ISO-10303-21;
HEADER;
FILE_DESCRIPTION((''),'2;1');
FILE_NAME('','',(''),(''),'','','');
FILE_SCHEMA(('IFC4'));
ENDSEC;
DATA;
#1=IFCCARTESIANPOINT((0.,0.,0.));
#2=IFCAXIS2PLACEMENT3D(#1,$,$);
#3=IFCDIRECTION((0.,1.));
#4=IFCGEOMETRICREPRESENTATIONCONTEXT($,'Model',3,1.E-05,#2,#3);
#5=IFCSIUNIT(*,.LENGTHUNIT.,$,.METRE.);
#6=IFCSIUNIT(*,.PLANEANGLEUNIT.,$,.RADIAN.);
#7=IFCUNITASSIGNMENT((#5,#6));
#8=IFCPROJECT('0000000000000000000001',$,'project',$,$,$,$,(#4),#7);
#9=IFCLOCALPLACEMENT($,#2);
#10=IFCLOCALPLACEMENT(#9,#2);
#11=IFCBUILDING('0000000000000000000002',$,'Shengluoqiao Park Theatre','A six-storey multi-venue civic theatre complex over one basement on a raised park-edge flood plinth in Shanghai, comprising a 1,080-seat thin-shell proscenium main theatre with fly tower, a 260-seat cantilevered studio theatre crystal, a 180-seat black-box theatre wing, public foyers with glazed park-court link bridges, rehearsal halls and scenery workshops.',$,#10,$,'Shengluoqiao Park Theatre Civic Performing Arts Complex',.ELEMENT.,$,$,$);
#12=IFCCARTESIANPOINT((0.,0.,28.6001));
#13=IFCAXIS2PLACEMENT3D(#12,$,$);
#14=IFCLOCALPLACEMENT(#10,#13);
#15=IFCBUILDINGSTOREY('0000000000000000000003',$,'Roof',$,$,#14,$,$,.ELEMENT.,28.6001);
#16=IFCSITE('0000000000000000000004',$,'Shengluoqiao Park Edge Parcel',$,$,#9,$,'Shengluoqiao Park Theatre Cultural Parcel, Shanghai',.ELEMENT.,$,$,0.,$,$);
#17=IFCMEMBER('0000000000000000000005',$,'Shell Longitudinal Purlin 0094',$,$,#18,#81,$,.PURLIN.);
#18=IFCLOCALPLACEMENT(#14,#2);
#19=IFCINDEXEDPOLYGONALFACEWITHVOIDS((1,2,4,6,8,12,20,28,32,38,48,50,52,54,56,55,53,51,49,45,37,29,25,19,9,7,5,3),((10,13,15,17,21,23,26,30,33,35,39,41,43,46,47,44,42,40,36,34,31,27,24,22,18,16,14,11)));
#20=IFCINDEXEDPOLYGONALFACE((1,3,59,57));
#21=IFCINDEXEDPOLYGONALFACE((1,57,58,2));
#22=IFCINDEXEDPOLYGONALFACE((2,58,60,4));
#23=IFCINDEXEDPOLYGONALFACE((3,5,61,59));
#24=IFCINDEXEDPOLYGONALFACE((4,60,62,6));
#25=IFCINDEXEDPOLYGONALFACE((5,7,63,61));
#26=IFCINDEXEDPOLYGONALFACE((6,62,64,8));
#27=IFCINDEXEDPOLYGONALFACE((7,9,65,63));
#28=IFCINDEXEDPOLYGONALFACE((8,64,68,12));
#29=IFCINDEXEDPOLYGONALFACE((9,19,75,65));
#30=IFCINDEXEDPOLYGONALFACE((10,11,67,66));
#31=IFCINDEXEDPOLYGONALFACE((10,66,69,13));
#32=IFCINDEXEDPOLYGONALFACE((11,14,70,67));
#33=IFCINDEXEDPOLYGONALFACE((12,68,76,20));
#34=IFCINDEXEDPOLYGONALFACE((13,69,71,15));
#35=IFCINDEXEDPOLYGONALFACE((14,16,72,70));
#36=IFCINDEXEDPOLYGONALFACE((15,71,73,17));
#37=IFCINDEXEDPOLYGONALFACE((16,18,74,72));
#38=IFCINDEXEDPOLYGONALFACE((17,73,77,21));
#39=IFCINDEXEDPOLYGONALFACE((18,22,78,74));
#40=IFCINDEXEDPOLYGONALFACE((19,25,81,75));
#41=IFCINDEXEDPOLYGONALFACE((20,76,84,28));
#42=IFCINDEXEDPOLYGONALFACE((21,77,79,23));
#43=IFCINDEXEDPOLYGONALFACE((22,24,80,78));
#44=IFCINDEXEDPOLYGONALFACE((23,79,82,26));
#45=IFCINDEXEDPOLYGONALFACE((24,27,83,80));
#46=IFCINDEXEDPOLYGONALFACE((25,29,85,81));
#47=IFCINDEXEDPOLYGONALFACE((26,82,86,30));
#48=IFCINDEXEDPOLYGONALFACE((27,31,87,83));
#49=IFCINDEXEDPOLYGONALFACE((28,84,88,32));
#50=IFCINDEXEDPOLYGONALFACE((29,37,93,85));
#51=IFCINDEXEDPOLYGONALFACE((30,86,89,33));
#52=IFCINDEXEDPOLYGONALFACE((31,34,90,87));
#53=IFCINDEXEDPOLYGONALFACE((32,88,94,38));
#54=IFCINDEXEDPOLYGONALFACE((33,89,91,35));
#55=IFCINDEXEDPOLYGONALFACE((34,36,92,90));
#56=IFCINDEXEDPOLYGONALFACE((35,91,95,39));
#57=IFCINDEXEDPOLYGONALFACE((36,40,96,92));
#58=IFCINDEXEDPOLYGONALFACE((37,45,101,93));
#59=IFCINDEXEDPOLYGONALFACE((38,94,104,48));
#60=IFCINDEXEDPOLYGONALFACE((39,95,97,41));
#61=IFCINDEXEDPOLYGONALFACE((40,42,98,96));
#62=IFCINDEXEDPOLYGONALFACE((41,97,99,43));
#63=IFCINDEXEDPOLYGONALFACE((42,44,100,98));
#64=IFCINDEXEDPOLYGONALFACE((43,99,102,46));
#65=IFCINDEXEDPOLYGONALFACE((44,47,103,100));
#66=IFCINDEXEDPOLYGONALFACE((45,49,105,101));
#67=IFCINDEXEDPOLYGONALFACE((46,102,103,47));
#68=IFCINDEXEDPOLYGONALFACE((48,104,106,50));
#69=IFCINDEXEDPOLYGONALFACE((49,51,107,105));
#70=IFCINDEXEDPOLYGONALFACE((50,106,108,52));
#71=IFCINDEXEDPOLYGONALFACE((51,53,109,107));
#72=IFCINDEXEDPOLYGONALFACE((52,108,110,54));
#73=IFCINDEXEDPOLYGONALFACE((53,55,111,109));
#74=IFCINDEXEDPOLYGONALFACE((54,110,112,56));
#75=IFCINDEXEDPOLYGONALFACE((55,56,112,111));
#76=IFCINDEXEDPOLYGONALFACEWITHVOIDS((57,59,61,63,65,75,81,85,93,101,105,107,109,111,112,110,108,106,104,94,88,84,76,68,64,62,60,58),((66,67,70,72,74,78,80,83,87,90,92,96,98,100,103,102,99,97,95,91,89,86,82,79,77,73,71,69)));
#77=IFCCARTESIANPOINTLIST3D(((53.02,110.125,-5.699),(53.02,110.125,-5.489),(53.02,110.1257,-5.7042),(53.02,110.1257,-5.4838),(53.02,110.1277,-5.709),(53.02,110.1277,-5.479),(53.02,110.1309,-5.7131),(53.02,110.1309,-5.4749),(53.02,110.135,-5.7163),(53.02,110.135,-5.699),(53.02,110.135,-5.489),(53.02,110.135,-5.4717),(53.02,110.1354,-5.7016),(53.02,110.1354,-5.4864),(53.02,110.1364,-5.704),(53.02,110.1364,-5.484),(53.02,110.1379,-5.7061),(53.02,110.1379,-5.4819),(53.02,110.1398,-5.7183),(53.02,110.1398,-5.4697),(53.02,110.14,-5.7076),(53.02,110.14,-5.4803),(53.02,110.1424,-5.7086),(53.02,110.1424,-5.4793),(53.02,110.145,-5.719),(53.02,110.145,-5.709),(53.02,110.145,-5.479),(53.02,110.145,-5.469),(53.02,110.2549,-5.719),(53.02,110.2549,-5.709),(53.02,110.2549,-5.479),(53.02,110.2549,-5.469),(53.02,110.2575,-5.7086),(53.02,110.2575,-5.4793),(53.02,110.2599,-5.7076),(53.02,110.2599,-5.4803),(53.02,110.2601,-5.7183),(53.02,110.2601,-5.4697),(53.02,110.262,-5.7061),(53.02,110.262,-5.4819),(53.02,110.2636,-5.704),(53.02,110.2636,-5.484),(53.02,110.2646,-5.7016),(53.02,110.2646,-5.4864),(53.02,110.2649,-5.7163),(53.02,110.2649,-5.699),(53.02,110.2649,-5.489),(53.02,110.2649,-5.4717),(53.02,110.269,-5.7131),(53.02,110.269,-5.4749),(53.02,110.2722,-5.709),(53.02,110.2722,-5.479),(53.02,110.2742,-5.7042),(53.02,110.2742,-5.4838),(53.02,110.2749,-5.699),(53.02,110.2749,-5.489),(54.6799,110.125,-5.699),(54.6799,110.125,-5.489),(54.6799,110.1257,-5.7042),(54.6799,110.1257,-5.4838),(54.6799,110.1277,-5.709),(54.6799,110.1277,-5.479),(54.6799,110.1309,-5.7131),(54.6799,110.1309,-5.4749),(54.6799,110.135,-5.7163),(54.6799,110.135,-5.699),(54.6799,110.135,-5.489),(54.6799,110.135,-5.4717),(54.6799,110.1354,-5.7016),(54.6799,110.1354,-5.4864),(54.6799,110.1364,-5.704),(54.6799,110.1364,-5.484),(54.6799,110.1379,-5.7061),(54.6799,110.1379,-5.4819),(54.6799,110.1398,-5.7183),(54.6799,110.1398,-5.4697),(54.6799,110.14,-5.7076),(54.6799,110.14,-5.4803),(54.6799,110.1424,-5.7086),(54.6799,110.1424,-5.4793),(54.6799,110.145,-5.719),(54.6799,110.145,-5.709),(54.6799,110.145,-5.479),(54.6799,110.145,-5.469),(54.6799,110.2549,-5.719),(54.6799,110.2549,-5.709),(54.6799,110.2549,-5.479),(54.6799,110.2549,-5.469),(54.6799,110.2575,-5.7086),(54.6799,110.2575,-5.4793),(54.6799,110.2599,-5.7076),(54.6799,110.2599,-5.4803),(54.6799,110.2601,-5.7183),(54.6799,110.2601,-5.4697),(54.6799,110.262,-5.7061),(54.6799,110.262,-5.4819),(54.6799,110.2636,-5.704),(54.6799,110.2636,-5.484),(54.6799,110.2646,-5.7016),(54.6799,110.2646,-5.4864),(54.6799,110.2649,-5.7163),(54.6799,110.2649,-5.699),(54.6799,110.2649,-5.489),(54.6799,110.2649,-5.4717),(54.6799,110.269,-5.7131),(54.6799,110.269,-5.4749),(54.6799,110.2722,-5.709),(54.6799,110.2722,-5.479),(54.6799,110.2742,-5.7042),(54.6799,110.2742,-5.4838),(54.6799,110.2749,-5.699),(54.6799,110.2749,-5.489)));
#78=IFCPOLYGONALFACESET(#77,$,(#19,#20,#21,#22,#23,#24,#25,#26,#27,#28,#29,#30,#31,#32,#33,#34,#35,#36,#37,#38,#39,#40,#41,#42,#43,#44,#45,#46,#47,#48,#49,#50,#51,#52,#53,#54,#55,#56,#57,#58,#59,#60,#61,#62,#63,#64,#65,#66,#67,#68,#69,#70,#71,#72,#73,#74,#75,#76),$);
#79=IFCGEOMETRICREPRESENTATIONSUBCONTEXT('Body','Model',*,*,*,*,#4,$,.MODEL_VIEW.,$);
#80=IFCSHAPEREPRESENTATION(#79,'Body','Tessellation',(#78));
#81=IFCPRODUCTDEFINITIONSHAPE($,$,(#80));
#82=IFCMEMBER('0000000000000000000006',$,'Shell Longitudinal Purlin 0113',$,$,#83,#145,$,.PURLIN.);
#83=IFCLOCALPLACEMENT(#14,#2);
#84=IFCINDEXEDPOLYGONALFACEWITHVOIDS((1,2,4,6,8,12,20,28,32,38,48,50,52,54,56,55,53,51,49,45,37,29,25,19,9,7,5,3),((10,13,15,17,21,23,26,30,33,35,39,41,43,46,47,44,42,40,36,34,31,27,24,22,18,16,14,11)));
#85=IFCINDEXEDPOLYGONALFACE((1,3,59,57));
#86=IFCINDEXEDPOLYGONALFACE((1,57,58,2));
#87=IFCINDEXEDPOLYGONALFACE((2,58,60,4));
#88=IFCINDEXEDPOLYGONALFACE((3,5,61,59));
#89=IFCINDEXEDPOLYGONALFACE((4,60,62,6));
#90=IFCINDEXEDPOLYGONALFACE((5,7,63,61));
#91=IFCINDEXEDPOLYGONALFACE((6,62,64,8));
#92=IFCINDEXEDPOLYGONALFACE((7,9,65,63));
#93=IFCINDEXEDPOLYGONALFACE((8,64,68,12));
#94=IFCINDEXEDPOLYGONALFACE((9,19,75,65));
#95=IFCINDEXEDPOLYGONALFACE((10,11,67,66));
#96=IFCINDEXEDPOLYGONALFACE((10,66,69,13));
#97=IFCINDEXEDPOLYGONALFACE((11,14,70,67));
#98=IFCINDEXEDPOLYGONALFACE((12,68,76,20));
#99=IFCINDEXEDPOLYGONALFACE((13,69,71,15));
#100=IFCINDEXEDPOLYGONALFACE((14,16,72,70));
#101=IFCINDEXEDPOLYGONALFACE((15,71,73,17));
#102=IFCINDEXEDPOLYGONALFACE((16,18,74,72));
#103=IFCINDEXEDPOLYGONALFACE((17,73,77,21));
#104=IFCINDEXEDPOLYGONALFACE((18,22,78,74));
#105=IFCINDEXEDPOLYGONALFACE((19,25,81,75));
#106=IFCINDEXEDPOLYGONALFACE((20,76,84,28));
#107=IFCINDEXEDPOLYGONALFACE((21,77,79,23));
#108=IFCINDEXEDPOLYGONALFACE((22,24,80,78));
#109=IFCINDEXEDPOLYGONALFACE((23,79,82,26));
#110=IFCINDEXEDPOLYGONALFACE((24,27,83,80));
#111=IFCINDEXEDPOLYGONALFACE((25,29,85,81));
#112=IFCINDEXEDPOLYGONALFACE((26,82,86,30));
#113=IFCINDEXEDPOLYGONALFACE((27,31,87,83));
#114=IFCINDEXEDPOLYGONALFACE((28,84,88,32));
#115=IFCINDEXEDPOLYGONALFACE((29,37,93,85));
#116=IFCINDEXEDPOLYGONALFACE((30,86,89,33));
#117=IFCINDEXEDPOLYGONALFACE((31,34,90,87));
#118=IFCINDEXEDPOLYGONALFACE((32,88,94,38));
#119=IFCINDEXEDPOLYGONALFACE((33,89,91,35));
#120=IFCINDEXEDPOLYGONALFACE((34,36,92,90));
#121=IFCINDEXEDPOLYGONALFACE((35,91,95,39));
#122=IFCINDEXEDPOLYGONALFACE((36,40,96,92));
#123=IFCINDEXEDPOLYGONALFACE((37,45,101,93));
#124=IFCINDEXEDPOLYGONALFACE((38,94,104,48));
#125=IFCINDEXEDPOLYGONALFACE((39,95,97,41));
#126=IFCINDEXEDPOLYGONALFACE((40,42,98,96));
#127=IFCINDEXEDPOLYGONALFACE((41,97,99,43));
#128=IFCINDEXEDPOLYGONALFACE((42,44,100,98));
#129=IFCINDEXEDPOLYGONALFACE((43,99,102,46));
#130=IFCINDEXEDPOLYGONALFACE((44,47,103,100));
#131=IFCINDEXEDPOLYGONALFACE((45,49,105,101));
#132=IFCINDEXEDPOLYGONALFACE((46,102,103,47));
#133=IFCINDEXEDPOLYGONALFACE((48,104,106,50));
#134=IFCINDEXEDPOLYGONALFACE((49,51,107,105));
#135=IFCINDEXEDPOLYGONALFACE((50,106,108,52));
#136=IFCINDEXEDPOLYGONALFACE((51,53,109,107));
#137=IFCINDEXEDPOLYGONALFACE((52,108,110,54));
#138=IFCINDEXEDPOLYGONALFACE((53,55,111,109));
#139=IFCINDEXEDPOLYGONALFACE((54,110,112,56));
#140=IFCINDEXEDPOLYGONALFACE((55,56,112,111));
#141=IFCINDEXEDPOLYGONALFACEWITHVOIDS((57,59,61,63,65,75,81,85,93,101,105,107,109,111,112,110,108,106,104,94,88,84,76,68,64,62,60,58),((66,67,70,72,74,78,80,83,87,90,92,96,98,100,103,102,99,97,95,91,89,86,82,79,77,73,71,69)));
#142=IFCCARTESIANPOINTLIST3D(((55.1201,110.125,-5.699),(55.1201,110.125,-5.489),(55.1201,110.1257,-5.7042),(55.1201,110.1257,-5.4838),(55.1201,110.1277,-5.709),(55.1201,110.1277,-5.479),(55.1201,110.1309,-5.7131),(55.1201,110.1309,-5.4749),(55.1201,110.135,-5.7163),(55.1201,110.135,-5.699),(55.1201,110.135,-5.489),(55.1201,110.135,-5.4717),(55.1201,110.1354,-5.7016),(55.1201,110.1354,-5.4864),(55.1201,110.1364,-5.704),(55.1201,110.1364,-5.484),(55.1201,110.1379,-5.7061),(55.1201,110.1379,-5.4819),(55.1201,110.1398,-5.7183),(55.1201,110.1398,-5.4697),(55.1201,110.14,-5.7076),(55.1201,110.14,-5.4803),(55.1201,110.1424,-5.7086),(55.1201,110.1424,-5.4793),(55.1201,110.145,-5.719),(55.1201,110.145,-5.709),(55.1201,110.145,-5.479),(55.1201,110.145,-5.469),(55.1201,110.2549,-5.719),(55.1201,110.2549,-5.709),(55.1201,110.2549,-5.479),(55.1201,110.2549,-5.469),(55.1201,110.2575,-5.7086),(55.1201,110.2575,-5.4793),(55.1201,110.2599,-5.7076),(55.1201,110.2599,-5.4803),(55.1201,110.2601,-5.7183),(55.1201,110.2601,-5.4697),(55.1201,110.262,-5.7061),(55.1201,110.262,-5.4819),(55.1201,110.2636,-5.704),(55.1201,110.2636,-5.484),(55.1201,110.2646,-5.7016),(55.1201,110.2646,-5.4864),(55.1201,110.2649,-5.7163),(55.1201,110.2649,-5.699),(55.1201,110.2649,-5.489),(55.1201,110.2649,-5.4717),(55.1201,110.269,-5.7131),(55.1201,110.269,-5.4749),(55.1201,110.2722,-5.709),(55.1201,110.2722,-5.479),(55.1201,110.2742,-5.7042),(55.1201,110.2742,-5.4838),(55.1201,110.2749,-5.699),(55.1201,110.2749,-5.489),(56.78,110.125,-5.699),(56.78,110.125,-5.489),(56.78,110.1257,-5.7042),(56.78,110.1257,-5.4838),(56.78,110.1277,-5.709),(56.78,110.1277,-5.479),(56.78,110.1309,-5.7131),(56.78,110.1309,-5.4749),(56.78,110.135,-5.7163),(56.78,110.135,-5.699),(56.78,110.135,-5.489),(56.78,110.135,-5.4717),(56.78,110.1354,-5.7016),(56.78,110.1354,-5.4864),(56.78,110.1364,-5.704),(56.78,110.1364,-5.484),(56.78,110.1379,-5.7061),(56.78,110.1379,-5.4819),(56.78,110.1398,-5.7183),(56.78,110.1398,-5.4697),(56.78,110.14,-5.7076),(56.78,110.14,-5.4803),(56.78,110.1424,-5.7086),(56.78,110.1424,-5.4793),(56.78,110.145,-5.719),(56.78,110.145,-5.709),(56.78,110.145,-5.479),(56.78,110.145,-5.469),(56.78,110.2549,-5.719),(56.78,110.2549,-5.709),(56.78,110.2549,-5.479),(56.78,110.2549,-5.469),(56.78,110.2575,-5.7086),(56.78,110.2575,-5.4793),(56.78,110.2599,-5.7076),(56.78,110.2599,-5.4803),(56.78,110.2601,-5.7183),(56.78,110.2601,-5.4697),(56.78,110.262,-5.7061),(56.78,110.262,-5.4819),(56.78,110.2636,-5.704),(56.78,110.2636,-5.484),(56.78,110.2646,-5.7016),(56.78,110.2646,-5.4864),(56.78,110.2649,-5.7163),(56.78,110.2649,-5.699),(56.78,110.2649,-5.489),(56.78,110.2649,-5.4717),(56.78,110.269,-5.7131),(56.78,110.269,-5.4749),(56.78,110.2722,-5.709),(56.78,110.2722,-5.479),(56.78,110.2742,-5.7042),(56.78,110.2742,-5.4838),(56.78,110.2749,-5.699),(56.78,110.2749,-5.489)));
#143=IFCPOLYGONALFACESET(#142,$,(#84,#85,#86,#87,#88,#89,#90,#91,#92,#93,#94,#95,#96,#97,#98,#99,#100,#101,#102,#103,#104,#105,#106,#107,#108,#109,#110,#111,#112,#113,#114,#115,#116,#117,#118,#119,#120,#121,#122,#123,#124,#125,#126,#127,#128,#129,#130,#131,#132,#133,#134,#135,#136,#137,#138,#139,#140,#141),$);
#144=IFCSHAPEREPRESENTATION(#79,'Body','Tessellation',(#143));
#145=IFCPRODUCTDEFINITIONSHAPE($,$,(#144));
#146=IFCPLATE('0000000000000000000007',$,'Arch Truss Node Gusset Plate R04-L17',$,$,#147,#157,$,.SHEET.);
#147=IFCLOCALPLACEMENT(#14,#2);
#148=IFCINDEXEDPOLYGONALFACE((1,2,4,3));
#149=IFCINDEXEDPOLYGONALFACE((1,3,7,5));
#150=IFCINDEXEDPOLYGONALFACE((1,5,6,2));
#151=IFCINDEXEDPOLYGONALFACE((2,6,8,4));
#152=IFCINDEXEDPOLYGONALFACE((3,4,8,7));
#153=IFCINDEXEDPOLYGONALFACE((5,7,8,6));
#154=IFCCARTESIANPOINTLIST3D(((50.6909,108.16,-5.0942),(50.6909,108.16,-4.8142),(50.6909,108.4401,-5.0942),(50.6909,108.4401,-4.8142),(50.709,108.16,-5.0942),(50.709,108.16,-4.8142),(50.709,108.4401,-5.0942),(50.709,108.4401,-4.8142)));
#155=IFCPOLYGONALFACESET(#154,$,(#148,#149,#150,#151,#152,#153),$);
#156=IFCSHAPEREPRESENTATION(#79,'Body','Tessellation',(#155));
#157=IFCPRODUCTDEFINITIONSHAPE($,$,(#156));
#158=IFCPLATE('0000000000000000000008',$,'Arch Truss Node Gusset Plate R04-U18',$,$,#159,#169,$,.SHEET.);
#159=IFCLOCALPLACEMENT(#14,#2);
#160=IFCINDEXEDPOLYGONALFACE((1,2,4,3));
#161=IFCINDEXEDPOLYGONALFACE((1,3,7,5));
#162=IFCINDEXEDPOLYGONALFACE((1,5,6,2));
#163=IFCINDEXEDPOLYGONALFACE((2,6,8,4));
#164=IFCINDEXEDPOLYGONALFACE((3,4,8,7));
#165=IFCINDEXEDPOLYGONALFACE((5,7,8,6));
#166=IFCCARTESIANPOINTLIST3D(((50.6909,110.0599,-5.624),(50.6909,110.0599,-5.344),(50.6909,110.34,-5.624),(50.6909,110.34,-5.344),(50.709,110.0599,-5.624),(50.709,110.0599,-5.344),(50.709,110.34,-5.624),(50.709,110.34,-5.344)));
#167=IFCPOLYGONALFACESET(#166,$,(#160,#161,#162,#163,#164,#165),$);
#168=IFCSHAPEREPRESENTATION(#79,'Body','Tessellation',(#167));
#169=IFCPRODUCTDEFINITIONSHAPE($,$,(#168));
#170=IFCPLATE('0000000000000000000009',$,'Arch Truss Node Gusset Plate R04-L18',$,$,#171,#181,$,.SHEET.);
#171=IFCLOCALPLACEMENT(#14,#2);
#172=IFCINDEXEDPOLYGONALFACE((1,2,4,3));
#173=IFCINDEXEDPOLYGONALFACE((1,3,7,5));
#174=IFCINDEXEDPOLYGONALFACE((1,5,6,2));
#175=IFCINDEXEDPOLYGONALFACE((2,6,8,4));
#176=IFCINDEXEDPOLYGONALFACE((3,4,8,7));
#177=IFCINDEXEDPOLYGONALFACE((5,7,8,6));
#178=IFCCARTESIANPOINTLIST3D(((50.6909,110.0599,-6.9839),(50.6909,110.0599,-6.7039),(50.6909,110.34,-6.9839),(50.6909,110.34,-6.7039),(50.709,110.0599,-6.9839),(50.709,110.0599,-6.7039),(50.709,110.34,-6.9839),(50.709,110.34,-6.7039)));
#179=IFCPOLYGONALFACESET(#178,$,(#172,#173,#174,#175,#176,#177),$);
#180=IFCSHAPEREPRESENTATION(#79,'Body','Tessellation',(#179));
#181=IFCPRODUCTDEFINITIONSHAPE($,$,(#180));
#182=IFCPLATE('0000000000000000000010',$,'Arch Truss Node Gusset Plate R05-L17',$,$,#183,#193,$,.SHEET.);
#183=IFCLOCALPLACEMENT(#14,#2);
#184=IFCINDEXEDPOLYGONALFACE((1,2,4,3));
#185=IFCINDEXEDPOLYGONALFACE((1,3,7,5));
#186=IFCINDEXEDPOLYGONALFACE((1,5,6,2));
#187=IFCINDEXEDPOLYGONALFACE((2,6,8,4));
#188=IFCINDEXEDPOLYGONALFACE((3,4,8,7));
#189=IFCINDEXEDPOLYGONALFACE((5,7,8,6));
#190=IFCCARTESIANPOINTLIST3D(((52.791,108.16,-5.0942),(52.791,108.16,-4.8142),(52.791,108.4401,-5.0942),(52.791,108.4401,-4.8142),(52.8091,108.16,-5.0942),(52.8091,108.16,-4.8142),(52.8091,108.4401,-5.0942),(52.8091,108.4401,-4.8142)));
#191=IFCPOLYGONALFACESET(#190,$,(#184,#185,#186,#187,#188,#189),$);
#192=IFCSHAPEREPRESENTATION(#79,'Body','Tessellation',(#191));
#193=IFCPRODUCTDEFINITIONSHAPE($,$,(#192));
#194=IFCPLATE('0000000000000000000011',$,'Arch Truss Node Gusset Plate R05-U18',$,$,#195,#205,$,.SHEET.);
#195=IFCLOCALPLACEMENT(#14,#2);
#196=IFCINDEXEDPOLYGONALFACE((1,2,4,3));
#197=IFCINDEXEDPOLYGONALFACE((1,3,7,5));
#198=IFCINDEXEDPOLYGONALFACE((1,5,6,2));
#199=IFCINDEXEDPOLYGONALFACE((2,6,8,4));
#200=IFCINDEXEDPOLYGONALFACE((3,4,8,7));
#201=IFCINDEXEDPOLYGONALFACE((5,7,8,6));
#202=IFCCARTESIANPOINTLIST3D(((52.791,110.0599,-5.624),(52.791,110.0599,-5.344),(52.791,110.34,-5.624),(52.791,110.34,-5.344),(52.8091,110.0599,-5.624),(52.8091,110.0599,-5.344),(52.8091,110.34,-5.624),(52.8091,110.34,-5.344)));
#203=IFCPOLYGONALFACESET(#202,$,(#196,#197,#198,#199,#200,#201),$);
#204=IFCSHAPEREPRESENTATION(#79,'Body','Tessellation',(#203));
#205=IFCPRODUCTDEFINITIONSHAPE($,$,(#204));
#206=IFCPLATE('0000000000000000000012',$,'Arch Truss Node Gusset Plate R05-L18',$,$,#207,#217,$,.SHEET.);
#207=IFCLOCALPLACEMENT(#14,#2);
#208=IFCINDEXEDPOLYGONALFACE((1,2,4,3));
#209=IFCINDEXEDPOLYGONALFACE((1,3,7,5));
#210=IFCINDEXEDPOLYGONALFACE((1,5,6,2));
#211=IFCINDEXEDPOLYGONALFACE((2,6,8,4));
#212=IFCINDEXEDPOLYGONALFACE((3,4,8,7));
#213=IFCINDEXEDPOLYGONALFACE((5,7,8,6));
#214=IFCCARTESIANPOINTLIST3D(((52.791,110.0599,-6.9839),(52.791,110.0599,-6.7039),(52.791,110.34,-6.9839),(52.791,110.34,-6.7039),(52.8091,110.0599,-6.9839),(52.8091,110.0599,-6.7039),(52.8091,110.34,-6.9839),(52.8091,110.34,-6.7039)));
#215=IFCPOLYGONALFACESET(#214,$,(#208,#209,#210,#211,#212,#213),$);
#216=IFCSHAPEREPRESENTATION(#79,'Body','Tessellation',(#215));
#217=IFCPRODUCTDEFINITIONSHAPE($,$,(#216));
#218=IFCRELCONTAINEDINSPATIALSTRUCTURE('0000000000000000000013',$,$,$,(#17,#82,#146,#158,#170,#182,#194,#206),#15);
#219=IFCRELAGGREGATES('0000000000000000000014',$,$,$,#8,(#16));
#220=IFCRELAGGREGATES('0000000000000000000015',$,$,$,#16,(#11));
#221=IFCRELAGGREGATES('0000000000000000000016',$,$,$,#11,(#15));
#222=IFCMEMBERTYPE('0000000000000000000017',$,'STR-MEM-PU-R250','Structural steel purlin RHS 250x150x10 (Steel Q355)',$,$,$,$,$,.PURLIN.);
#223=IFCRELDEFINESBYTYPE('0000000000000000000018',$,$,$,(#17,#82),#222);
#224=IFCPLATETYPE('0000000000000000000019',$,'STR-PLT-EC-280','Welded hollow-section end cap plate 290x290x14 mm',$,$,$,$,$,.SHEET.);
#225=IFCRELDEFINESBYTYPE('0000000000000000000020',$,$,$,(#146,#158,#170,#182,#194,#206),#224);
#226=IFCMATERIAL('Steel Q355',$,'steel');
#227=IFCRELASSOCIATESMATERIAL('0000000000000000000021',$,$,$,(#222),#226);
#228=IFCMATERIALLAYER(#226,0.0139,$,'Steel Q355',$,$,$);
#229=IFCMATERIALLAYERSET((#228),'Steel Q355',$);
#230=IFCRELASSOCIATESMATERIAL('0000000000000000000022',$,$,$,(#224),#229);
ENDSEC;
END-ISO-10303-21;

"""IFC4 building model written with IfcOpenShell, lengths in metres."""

from ifc_helpers import new_model, si_unit, direction, frame, origin, origin_2d, place, context, subcontext, project, spatial, rectangle, hollow_rectangle, extrude, material, layer, layer_set, material_profile, profile_set, type_object, element, save


model = new_model("IFC4")

# Units and contexts
model_context = context("Model", 3, precision=1e-05, world=origin(), true_north=direction((0.0, 1.0)))
body_context = subcontext(model_context, "Body", "Model", "MODEL_VIEW")
ifc_project = project(units=[si_unit("LENGTHUNIT", "METRE"), si_unit("PLANEANGLEUNIT", "RADIAN")], contexts=[model_context])

# Site, building, storey
site_placement = place(None, origin())
site = spatial("IfcSite", under=ifc_project, at=site_placement, Name="Shengluoqiao Park Edge Parcel", LongName="Shengluoqiao Park Theatre Cultural Parcel, Shanghai", CompositionType="ELEMENT", RefElevation=0.0)
building_placement = place(site_placement, origin())
building = spatial("IfcBuilding", under=site, at=building_placement, Name="Shengluoqiao Park Theatre", Description="A six-storey multi-venue civic theatre complex over one basement on a raised park-edge flood plinth in Shanghai, comprising a 1,080-seat thin-shell proscenium main theatre with fly tower, a 260-seat cantilevered studio theatre crystal, a 180-seat black-box theatre wing, public foyers with glazed park-court link bridges, rehearsal halls and scenery workshops.", LongName="Shengluoqiao Park Theatre Civic Performing Arts Complex", CompositionType="ELEMENT")
storey_placement = place(building_placement, frame((0.0, 0.0, 28.6001)))
storey = spatial("IfcBuildingStorey", under=building, at=storey_placement, Name="Roof", CompositionType="ELEMENT", Elevation=28.6001)

# Shared definitions
ifc_material_1 = material(Name="Steel Q355", Category="steel")

# Members
ifc_material_profile_1 = material_profile(ifc_material_1, hollow_rectangle(XDim=0.1499, YDim=0.25, WallThickness=0.01, InnerFilletRadius=0.01, OuterFilletRadius=0.02, at=origin_2d()), Name="RHS 250x150x10")
ifc_profile_set_1 = profile_set([ifc_material_profile_1], Name="Steel Q355")
member_type_1 = type_object("IfcMemberType", Name="STR-MEM-PU-R250", Description="Structural steel purlin RHS 250x150x10 (Steel Q355)", PredefinedType="PURLIN", material=ifc_profile_set_1)
for number, where, z_axis, x_axis, name in (
    (1, (53.02, 110.2, -5.594), (1.0, 0.0, 0.0), (0.0, 1.0, 0.0), "Shell Longitudinal Purlin 0094"),
    (2, (55.1201, 110.2, -5.594), (1.0, 0.0, 0.0), (0.0, 1.0, 0.0), "Shell Longitudinal Purlin 0113"),
):
    element("IfcMember", number, at=place(storey_placement, frame(where, z_axis=z_axis, x_axis=x_axis)), inside=storey, type_object=member_type_1, Name=name, PredefinedType="PURLIN", context=body_context, shape_type="SweptSolid", body=[
        extrude(hollow_rectangle(XDim=0.1499, YDim=0.25, WallThickness=0.01, InnerFilletRadius=0.01, OuterFilletRadius=0.02, at=origin_2d()), origin(), (0.0, 0.0, 1.0), 1.6599),
    ])

# Plates
ifc_layer = layer(ifc_material_1, 0.0139, Name="Steel Q355")
ifc_layer_set = layer_set([ifc_layer], Name="Steel Q355")
plate_type = type_object("IfcPlateType", Name="STR-PLT-EC-280", Description="Welded hollow-section end cap plate 290x290x14 mm", PredefinedType="SHEET", material=ifc_layer_set)
for number, where, z_axis, x_axis, name in (
    (3, (50.7, 108.3, -5.0942), (0.0, 0.0, 1.0), (1.0, 0.0, 0.0), "Arch Truss Node Gusset Plate R04-L17"),
    (4, (50.7, 110.2, -5.624), (0.0, 0.0, 1.0), (1.0, 0.0, 0.0), "Arch Truss Node Gusset Plate R04-U18"),
    (5, (50.7, 110.2, -6.9839), (0.0, 0.0, 1.0), (1.0, 0.0, 0.0), "Arch Truss Node Gusset Plate R04-L18"),
    (6, (52.8, 108.3, -5.0942), (0.0, 0.0, 1.0), (1.0, 0.0, 0.0), "Arch Truss Node Gusset Plate R05-L17"),
    (7, (52.8, 110.2, -5.624), (0.0, 0.0, 1.0), (1.0, 0.0, 0.0), "Arch Truss Node Gusset Plate R05-U18"),
    (8, (52.8, 110.2, -6.9839), (0.0, 0.0, 1.0), (1.0, 0.0, 0.0), "Arch Truss Node Gusset Plate R05-L18"),
):
    element("IfcPlate", number, at=place(storey_placement, frame(where, z_axis=z_axis, x_axis=x_axis)), inside=storey, type_object=plate_type, Name=name, PredefinedType="SHEET", context=body_context, shape_type="SweptSolid", body=[
        extrude(rectangle(XDim=0.0181, YDim=0.28, at=origin_2d()), origin(), (0.0, 0.0, 1.0), 0.28),
    ])

save(model, "model.ifc")
